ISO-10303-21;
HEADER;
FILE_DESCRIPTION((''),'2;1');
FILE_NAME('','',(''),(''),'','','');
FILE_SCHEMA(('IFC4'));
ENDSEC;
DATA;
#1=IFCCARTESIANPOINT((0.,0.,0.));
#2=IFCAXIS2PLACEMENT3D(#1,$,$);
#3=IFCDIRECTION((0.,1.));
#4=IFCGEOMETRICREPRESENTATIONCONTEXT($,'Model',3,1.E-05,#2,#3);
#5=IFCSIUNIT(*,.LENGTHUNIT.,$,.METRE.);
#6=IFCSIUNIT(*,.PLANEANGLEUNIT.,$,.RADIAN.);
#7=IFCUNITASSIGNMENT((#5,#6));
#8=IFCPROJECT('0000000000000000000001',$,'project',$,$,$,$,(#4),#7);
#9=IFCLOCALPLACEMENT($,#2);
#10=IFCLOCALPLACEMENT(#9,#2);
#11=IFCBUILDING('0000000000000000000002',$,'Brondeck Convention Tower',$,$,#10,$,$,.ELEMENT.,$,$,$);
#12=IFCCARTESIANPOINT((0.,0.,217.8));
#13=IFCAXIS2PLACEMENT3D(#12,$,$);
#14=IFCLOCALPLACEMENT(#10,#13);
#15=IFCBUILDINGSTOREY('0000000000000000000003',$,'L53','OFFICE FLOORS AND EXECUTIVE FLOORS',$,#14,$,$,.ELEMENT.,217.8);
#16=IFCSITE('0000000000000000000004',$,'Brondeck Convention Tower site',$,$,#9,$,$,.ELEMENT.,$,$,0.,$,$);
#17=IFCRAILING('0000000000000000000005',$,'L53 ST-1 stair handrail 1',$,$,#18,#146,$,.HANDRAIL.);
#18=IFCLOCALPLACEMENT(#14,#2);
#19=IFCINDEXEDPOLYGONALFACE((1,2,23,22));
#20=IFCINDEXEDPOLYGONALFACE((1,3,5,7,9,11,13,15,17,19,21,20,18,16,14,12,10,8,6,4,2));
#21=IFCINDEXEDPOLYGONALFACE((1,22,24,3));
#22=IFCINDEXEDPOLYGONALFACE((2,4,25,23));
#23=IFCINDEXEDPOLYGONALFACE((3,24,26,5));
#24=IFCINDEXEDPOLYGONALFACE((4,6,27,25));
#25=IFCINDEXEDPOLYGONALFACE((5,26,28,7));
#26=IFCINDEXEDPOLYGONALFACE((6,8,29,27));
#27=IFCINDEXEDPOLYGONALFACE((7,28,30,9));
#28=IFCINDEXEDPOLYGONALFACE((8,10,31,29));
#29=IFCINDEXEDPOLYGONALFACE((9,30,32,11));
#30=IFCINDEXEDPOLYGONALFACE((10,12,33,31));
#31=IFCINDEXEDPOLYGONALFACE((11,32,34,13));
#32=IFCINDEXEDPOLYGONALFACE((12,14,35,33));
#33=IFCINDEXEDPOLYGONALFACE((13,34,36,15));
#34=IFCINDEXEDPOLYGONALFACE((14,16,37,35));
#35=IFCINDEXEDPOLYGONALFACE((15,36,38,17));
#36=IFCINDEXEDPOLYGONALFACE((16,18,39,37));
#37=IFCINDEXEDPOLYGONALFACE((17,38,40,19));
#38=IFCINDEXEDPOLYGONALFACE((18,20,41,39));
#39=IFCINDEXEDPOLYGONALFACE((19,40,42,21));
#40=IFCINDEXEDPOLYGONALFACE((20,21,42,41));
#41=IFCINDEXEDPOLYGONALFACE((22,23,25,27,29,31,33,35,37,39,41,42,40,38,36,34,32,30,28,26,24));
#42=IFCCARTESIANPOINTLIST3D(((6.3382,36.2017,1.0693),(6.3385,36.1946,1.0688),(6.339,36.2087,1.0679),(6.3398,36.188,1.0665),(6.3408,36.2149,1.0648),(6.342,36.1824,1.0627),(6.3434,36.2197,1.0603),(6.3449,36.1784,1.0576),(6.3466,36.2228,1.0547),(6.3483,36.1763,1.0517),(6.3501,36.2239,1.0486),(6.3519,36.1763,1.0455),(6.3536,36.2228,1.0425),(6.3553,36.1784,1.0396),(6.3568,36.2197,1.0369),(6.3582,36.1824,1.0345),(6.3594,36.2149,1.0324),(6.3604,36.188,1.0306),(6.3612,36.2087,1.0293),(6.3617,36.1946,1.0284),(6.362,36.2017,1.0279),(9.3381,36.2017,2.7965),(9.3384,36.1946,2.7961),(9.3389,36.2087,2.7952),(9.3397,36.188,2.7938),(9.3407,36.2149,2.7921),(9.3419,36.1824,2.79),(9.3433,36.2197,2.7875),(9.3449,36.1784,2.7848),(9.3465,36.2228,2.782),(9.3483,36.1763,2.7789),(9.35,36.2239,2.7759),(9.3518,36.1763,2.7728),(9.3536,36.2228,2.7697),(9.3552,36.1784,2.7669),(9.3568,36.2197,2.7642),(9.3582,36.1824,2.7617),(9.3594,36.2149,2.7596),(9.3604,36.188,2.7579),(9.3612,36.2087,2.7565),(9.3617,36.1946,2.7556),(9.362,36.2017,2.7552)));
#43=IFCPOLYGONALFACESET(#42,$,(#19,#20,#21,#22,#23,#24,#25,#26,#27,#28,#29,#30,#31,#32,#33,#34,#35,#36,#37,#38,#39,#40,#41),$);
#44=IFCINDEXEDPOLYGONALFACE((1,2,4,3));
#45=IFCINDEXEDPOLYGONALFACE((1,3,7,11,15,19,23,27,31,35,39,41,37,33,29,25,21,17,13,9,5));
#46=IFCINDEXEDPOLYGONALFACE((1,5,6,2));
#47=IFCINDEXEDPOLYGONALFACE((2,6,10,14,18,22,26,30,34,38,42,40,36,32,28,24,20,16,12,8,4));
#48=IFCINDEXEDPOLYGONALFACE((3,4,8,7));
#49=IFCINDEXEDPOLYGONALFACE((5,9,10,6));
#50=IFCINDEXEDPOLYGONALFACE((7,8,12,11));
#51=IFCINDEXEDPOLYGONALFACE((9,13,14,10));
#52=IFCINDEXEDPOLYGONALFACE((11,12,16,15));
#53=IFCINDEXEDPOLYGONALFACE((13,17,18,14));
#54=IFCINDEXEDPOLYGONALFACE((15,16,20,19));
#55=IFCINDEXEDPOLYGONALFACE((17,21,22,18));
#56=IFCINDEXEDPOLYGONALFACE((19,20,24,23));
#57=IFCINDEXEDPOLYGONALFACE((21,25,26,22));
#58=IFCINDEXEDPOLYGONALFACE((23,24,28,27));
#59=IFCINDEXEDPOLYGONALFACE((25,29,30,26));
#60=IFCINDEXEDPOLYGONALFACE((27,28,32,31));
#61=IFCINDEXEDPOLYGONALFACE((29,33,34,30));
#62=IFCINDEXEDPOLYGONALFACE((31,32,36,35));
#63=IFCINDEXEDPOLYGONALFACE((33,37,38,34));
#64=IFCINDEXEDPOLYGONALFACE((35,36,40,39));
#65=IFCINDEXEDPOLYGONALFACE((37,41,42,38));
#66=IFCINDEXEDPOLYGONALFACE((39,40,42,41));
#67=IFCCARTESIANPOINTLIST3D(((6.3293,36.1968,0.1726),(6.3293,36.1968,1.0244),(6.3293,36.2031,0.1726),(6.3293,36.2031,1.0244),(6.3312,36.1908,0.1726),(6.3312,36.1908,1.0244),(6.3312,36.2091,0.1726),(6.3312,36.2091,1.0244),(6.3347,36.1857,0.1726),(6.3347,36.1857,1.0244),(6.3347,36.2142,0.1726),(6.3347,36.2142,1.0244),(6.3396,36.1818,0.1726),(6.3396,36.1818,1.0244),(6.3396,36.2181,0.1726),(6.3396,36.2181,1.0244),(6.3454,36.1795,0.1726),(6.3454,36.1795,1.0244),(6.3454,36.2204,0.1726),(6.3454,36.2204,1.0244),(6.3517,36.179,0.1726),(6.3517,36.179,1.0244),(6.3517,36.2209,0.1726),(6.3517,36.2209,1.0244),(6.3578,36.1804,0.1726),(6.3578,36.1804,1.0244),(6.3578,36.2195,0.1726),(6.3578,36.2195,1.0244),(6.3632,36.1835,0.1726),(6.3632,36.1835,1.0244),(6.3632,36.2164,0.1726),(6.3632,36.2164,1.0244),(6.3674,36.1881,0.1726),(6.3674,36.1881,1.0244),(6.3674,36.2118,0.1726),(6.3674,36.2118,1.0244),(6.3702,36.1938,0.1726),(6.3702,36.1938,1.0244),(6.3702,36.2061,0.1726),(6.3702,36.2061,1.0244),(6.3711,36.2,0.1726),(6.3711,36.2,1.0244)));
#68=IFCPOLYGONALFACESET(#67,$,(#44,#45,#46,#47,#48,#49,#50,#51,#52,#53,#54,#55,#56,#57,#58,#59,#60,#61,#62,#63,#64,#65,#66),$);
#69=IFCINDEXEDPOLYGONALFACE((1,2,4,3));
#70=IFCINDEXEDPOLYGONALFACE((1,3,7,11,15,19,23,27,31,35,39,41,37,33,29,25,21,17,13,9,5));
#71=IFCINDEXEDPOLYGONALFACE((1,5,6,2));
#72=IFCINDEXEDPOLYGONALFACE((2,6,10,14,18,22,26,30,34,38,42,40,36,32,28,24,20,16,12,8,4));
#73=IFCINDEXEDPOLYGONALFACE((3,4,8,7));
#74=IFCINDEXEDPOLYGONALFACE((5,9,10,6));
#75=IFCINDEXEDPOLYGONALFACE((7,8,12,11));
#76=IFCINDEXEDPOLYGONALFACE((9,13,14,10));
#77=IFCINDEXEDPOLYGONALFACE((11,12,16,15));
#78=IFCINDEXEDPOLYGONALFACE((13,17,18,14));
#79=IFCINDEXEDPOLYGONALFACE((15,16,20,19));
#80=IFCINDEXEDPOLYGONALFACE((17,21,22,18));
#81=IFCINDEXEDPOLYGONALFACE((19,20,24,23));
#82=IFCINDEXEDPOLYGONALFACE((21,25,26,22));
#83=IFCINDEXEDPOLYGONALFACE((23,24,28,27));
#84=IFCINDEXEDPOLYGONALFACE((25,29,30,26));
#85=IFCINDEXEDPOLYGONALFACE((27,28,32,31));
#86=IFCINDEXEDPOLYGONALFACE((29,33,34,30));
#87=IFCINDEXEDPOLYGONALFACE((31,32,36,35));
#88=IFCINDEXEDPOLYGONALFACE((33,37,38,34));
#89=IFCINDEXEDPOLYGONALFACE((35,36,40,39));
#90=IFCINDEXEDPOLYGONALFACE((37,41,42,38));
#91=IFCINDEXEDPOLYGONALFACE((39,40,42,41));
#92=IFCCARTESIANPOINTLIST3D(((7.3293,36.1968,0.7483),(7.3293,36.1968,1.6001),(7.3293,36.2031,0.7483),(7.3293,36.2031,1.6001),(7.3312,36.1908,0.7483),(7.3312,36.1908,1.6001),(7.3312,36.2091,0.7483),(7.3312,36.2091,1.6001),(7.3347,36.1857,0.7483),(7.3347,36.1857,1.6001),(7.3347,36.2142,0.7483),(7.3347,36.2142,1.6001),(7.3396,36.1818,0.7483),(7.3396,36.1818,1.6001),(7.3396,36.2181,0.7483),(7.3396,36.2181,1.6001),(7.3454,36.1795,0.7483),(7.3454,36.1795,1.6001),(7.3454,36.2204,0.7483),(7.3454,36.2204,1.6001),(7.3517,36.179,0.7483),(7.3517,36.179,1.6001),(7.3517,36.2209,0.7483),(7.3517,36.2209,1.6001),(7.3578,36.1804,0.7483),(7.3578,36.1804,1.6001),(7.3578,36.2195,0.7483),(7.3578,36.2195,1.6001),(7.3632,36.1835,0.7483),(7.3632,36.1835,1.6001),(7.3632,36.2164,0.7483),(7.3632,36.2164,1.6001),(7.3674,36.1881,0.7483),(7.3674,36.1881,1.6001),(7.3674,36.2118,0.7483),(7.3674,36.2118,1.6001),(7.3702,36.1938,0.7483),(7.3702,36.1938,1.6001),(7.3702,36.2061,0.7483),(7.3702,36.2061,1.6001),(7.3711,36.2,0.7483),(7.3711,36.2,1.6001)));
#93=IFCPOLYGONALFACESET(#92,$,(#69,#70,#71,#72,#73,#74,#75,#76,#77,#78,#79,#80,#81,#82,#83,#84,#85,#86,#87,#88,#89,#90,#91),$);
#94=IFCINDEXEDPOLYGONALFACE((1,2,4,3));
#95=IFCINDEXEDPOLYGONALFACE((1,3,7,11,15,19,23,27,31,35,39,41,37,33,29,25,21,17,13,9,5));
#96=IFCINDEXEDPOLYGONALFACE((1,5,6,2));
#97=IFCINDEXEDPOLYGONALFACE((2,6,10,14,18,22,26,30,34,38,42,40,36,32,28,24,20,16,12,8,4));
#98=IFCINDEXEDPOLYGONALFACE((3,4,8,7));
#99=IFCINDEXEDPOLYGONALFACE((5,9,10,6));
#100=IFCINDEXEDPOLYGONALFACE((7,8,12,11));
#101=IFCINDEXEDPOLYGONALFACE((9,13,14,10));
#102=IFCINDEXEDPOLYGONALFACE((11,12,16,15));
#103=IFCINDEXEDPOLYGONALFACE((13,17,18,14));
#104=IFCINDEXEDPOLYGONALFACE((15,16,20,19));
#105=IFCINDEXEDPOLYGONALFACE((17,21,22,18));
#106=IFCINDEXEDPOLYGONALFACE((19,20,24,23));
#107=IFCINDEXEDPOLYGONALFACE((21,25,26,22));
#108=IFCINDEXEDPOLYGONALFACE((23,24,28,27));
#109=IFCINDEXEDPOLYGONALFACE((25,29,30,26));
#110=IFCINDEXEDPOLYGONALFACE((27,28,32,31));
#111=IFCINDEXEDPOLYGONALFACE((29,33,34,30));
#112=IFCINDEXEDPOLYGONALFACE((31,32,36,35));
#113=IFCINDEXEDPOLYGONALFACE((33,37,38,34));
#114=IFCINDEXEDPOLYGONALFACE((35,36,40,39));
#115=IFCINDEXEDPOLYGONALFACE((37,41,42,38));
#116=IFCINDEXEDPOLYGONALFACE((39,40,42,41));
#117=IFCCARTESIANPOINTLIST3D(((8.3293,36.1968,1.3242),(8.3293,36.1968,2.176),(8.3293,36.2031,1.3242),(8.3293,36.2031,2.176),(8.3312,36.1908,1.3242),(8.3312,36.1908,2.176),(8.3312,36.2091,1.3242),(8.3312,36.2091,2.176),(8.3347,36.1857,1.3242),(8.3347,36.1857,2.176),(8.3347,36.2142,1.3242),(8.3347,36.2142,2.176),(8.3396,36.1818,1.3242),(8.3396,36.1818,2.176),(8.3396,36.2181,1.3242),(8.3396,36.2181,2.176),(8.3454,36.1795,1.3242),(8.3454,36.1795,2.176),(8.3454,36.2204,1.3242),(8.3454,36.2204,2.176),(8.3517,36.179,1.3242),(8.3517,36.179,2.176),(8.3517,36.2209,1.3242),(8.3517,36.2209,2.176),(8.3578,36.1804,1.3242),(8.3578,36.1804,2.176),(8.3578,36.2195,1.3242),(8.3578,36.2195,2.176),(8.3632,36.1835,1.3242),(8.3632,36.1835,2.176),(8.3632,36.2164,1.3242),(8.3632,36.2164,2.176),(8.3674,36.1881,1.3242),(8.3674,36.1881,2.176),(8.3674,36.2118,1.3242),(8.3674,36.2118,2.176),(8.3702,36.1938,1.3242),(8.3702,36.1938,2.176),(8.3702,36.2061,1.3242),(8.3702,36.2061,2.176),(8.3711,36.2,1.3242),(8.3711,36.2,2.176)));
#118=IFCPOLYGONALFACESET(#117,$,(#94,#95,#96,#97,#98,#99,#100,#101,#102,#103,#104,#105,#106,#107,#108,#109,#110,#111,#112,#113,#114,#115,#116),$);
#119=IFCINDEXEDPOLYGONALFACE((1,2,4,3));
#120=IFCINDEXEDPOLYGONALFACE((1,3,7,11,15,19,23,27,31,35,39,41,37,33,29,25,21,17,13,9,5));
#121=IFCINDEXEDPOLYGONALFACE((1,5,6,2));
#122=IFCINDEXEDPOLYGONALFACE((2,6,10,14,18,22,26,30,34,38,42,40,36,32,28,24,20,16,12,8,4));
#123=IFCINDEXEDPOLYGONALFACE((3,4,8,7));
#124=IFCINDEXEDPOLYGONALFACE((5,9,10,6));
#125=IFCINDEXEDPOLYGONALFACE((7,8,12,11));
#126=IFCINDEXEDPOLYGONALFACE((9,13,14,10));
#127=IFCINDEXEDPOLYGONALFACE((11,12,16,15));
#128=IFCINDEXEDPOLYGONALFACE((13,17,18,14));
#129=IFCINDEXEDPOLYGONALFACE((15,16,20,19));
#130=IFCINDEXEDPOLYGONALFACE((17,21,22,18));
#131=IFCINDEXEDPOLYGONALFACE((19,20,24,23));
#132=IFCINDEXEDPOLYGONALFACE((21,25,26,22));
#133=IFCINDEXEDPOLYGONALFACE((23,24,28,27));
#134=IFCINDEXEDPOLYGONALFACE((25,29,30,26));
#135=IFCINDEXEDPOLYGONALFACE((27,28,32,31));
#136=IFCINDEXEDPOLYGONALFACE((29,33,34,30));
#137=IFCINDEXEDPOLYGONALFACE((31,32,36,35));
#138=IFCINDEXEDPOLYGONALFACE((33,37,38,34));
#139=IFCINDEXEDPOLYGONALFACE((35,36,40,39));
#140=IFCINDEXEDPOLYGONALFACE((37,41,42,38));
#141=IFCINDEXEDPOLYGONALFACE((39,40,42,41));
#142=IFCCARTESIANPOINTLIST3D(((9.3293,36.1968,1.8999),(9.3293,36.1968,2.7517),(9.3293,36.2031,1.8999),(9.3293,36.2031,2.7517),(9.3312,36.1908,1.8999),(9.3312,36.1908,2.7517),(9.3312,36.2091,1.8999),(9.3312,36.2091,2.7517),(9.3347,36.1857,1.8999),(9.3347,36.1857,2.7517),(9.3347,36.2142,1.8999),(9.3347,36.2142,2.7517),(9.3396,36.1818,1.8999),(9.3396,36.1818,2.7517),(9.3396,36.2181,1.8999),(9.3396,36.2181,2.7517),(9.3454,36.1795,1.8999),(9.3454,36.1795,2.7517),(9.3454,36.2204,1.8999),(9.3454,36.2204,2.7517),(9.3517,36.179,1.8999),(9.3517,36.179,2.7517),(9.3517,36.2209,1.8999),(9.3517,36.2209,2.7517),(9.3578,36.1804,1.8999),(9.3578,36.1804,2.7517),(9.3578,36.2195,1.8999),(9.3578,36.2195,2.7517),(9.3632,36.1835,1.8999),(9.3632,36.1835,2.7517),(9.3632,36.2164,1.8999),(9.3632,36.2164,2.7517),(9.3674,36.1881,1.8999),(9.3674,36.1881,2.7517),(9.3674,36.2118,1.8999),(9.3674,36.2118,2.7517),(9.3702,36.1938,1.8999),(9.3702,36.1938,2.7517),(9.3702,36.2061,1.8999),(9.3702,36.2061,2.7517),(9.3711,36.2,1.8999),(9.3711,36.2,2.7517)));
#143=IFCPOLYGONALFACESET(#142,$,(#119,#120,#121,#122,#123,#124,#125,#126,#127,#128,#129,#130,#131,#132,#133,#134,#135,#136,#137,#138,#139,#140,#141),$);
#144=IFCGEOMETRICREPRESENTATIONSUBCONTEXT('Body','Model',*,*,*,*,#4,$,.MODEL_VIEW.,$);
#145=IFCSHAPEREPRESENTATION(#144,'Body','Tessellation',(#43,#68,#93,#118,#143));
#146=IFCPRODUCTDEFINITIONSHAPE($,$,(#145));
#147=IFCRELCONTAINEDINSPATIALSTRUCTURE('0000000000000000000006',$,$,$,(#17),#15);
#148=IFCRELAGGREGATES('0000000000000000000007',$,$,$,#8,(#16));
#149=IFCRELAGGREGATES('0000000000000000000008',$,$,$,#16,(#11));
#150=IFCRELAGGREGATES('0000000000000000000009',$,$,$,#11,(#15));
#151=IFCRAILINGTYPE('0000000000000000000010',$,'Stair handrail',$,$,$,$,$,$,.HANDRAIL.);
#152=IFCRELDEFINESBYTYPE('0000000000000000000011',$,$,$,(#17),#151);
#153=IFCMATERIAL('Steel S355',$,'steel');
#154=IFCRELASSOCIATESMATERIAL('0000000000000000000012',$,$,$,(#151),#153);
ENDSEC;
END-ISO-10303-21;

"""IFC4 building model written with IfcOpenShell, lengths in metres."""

from ifc_helpers import new_model, si_unit, direction, frame, origin, origin_2d, place, context, subcontext, project, spatial, circle, extrude, material, type_object, element, save


model = new_model("IFC4")

# Units and contexts
model_context = context("Model", 3, precision=1e-05, world=origin(), true_north=direction((0.0, 1.0)))
body_context = subcontext(model_context, "Body", "Model", "MODEL_VIEW")
ifc_project = project(units=[si_unit("LENGTHUNIT", "METRE"), si_unit("PLANEANGLEUNIT", "RADIAN")], contexts=[model_context])

# Site, building, storey
site_placement = place(None, origin())
site = spatial("IfcSite", under=ifc_project, at=site_placement, Name="Brondeck Convention Tower site", CompositionType="ELEMENT", RefElevation=0.0)
building_placement = place(site_placement, origin())
building = spatial("IfcBuilding", under=site, at=building_placement, Name="Brondeck Convention Tower", CompositionType="ELEMENT")
storey_placement = place(building_placement, frame((0.0, 0.0, 217.8)))
storey = spatial("IfcBuildingStorey", under=building, at=storey_placement, Name="L53", Description="OFFICE FLOORS AND EXECUTIVE FLOORS", CompositionType="ELEMENT", Elevation=217.8)

# Railing
ifc_material_1 = material(Name="Steel S355", Category="steel")
railing_type_1 = type_object("IfcRailingType", Name="Stair handrail", PredefinedType="HANDRAIL", material=ifc_material_1)
railing_1_placement = place(storey_placement, frame((6.3501, 36.2, 0.1726)))
element("IfcRailing", 1, at=railing_1_placement, inside=storey, type_object=railing_type_1, Name="L53 ST-1 stair handrail 1", PredefinedType="HANDRAIL", context=body_context, shape_type="SweptSolid", body=[
    extrude(circle(Radius=0.0239, at=origin_2d()), frame((0.0, 0.0, 0.876), z_axis=(0.86662, 0.0, 0.498969), x_axis=(0.0, 1.0, 0.0)), (0.0, 0.0, 1.0), 3.4617),
    extrude(circle(Radius=0.021, at=origin_2d()), origin(), (0.0, 0.0, 1.0), 0.8518),
    extrude(circle(Radius=0.021, at=origin_2d()), frame((1.0, 0.0, 0.5757)), (0.0, 0.0, 1.0), 0.8518),
    extrude(circle(Radius=0.021, at=origin_2d()), frame((2.0, 0.0, 1.1516)), (0.0, 0.0, 1.0), 0.8518),
    extrude(circle(Radius=0.021, at=origin_2d()), frame((3.0, 0.0, 1.7273)), (0.0, 0.0, 1.0), 0.8518),
])

save(model, "model.ifc")
